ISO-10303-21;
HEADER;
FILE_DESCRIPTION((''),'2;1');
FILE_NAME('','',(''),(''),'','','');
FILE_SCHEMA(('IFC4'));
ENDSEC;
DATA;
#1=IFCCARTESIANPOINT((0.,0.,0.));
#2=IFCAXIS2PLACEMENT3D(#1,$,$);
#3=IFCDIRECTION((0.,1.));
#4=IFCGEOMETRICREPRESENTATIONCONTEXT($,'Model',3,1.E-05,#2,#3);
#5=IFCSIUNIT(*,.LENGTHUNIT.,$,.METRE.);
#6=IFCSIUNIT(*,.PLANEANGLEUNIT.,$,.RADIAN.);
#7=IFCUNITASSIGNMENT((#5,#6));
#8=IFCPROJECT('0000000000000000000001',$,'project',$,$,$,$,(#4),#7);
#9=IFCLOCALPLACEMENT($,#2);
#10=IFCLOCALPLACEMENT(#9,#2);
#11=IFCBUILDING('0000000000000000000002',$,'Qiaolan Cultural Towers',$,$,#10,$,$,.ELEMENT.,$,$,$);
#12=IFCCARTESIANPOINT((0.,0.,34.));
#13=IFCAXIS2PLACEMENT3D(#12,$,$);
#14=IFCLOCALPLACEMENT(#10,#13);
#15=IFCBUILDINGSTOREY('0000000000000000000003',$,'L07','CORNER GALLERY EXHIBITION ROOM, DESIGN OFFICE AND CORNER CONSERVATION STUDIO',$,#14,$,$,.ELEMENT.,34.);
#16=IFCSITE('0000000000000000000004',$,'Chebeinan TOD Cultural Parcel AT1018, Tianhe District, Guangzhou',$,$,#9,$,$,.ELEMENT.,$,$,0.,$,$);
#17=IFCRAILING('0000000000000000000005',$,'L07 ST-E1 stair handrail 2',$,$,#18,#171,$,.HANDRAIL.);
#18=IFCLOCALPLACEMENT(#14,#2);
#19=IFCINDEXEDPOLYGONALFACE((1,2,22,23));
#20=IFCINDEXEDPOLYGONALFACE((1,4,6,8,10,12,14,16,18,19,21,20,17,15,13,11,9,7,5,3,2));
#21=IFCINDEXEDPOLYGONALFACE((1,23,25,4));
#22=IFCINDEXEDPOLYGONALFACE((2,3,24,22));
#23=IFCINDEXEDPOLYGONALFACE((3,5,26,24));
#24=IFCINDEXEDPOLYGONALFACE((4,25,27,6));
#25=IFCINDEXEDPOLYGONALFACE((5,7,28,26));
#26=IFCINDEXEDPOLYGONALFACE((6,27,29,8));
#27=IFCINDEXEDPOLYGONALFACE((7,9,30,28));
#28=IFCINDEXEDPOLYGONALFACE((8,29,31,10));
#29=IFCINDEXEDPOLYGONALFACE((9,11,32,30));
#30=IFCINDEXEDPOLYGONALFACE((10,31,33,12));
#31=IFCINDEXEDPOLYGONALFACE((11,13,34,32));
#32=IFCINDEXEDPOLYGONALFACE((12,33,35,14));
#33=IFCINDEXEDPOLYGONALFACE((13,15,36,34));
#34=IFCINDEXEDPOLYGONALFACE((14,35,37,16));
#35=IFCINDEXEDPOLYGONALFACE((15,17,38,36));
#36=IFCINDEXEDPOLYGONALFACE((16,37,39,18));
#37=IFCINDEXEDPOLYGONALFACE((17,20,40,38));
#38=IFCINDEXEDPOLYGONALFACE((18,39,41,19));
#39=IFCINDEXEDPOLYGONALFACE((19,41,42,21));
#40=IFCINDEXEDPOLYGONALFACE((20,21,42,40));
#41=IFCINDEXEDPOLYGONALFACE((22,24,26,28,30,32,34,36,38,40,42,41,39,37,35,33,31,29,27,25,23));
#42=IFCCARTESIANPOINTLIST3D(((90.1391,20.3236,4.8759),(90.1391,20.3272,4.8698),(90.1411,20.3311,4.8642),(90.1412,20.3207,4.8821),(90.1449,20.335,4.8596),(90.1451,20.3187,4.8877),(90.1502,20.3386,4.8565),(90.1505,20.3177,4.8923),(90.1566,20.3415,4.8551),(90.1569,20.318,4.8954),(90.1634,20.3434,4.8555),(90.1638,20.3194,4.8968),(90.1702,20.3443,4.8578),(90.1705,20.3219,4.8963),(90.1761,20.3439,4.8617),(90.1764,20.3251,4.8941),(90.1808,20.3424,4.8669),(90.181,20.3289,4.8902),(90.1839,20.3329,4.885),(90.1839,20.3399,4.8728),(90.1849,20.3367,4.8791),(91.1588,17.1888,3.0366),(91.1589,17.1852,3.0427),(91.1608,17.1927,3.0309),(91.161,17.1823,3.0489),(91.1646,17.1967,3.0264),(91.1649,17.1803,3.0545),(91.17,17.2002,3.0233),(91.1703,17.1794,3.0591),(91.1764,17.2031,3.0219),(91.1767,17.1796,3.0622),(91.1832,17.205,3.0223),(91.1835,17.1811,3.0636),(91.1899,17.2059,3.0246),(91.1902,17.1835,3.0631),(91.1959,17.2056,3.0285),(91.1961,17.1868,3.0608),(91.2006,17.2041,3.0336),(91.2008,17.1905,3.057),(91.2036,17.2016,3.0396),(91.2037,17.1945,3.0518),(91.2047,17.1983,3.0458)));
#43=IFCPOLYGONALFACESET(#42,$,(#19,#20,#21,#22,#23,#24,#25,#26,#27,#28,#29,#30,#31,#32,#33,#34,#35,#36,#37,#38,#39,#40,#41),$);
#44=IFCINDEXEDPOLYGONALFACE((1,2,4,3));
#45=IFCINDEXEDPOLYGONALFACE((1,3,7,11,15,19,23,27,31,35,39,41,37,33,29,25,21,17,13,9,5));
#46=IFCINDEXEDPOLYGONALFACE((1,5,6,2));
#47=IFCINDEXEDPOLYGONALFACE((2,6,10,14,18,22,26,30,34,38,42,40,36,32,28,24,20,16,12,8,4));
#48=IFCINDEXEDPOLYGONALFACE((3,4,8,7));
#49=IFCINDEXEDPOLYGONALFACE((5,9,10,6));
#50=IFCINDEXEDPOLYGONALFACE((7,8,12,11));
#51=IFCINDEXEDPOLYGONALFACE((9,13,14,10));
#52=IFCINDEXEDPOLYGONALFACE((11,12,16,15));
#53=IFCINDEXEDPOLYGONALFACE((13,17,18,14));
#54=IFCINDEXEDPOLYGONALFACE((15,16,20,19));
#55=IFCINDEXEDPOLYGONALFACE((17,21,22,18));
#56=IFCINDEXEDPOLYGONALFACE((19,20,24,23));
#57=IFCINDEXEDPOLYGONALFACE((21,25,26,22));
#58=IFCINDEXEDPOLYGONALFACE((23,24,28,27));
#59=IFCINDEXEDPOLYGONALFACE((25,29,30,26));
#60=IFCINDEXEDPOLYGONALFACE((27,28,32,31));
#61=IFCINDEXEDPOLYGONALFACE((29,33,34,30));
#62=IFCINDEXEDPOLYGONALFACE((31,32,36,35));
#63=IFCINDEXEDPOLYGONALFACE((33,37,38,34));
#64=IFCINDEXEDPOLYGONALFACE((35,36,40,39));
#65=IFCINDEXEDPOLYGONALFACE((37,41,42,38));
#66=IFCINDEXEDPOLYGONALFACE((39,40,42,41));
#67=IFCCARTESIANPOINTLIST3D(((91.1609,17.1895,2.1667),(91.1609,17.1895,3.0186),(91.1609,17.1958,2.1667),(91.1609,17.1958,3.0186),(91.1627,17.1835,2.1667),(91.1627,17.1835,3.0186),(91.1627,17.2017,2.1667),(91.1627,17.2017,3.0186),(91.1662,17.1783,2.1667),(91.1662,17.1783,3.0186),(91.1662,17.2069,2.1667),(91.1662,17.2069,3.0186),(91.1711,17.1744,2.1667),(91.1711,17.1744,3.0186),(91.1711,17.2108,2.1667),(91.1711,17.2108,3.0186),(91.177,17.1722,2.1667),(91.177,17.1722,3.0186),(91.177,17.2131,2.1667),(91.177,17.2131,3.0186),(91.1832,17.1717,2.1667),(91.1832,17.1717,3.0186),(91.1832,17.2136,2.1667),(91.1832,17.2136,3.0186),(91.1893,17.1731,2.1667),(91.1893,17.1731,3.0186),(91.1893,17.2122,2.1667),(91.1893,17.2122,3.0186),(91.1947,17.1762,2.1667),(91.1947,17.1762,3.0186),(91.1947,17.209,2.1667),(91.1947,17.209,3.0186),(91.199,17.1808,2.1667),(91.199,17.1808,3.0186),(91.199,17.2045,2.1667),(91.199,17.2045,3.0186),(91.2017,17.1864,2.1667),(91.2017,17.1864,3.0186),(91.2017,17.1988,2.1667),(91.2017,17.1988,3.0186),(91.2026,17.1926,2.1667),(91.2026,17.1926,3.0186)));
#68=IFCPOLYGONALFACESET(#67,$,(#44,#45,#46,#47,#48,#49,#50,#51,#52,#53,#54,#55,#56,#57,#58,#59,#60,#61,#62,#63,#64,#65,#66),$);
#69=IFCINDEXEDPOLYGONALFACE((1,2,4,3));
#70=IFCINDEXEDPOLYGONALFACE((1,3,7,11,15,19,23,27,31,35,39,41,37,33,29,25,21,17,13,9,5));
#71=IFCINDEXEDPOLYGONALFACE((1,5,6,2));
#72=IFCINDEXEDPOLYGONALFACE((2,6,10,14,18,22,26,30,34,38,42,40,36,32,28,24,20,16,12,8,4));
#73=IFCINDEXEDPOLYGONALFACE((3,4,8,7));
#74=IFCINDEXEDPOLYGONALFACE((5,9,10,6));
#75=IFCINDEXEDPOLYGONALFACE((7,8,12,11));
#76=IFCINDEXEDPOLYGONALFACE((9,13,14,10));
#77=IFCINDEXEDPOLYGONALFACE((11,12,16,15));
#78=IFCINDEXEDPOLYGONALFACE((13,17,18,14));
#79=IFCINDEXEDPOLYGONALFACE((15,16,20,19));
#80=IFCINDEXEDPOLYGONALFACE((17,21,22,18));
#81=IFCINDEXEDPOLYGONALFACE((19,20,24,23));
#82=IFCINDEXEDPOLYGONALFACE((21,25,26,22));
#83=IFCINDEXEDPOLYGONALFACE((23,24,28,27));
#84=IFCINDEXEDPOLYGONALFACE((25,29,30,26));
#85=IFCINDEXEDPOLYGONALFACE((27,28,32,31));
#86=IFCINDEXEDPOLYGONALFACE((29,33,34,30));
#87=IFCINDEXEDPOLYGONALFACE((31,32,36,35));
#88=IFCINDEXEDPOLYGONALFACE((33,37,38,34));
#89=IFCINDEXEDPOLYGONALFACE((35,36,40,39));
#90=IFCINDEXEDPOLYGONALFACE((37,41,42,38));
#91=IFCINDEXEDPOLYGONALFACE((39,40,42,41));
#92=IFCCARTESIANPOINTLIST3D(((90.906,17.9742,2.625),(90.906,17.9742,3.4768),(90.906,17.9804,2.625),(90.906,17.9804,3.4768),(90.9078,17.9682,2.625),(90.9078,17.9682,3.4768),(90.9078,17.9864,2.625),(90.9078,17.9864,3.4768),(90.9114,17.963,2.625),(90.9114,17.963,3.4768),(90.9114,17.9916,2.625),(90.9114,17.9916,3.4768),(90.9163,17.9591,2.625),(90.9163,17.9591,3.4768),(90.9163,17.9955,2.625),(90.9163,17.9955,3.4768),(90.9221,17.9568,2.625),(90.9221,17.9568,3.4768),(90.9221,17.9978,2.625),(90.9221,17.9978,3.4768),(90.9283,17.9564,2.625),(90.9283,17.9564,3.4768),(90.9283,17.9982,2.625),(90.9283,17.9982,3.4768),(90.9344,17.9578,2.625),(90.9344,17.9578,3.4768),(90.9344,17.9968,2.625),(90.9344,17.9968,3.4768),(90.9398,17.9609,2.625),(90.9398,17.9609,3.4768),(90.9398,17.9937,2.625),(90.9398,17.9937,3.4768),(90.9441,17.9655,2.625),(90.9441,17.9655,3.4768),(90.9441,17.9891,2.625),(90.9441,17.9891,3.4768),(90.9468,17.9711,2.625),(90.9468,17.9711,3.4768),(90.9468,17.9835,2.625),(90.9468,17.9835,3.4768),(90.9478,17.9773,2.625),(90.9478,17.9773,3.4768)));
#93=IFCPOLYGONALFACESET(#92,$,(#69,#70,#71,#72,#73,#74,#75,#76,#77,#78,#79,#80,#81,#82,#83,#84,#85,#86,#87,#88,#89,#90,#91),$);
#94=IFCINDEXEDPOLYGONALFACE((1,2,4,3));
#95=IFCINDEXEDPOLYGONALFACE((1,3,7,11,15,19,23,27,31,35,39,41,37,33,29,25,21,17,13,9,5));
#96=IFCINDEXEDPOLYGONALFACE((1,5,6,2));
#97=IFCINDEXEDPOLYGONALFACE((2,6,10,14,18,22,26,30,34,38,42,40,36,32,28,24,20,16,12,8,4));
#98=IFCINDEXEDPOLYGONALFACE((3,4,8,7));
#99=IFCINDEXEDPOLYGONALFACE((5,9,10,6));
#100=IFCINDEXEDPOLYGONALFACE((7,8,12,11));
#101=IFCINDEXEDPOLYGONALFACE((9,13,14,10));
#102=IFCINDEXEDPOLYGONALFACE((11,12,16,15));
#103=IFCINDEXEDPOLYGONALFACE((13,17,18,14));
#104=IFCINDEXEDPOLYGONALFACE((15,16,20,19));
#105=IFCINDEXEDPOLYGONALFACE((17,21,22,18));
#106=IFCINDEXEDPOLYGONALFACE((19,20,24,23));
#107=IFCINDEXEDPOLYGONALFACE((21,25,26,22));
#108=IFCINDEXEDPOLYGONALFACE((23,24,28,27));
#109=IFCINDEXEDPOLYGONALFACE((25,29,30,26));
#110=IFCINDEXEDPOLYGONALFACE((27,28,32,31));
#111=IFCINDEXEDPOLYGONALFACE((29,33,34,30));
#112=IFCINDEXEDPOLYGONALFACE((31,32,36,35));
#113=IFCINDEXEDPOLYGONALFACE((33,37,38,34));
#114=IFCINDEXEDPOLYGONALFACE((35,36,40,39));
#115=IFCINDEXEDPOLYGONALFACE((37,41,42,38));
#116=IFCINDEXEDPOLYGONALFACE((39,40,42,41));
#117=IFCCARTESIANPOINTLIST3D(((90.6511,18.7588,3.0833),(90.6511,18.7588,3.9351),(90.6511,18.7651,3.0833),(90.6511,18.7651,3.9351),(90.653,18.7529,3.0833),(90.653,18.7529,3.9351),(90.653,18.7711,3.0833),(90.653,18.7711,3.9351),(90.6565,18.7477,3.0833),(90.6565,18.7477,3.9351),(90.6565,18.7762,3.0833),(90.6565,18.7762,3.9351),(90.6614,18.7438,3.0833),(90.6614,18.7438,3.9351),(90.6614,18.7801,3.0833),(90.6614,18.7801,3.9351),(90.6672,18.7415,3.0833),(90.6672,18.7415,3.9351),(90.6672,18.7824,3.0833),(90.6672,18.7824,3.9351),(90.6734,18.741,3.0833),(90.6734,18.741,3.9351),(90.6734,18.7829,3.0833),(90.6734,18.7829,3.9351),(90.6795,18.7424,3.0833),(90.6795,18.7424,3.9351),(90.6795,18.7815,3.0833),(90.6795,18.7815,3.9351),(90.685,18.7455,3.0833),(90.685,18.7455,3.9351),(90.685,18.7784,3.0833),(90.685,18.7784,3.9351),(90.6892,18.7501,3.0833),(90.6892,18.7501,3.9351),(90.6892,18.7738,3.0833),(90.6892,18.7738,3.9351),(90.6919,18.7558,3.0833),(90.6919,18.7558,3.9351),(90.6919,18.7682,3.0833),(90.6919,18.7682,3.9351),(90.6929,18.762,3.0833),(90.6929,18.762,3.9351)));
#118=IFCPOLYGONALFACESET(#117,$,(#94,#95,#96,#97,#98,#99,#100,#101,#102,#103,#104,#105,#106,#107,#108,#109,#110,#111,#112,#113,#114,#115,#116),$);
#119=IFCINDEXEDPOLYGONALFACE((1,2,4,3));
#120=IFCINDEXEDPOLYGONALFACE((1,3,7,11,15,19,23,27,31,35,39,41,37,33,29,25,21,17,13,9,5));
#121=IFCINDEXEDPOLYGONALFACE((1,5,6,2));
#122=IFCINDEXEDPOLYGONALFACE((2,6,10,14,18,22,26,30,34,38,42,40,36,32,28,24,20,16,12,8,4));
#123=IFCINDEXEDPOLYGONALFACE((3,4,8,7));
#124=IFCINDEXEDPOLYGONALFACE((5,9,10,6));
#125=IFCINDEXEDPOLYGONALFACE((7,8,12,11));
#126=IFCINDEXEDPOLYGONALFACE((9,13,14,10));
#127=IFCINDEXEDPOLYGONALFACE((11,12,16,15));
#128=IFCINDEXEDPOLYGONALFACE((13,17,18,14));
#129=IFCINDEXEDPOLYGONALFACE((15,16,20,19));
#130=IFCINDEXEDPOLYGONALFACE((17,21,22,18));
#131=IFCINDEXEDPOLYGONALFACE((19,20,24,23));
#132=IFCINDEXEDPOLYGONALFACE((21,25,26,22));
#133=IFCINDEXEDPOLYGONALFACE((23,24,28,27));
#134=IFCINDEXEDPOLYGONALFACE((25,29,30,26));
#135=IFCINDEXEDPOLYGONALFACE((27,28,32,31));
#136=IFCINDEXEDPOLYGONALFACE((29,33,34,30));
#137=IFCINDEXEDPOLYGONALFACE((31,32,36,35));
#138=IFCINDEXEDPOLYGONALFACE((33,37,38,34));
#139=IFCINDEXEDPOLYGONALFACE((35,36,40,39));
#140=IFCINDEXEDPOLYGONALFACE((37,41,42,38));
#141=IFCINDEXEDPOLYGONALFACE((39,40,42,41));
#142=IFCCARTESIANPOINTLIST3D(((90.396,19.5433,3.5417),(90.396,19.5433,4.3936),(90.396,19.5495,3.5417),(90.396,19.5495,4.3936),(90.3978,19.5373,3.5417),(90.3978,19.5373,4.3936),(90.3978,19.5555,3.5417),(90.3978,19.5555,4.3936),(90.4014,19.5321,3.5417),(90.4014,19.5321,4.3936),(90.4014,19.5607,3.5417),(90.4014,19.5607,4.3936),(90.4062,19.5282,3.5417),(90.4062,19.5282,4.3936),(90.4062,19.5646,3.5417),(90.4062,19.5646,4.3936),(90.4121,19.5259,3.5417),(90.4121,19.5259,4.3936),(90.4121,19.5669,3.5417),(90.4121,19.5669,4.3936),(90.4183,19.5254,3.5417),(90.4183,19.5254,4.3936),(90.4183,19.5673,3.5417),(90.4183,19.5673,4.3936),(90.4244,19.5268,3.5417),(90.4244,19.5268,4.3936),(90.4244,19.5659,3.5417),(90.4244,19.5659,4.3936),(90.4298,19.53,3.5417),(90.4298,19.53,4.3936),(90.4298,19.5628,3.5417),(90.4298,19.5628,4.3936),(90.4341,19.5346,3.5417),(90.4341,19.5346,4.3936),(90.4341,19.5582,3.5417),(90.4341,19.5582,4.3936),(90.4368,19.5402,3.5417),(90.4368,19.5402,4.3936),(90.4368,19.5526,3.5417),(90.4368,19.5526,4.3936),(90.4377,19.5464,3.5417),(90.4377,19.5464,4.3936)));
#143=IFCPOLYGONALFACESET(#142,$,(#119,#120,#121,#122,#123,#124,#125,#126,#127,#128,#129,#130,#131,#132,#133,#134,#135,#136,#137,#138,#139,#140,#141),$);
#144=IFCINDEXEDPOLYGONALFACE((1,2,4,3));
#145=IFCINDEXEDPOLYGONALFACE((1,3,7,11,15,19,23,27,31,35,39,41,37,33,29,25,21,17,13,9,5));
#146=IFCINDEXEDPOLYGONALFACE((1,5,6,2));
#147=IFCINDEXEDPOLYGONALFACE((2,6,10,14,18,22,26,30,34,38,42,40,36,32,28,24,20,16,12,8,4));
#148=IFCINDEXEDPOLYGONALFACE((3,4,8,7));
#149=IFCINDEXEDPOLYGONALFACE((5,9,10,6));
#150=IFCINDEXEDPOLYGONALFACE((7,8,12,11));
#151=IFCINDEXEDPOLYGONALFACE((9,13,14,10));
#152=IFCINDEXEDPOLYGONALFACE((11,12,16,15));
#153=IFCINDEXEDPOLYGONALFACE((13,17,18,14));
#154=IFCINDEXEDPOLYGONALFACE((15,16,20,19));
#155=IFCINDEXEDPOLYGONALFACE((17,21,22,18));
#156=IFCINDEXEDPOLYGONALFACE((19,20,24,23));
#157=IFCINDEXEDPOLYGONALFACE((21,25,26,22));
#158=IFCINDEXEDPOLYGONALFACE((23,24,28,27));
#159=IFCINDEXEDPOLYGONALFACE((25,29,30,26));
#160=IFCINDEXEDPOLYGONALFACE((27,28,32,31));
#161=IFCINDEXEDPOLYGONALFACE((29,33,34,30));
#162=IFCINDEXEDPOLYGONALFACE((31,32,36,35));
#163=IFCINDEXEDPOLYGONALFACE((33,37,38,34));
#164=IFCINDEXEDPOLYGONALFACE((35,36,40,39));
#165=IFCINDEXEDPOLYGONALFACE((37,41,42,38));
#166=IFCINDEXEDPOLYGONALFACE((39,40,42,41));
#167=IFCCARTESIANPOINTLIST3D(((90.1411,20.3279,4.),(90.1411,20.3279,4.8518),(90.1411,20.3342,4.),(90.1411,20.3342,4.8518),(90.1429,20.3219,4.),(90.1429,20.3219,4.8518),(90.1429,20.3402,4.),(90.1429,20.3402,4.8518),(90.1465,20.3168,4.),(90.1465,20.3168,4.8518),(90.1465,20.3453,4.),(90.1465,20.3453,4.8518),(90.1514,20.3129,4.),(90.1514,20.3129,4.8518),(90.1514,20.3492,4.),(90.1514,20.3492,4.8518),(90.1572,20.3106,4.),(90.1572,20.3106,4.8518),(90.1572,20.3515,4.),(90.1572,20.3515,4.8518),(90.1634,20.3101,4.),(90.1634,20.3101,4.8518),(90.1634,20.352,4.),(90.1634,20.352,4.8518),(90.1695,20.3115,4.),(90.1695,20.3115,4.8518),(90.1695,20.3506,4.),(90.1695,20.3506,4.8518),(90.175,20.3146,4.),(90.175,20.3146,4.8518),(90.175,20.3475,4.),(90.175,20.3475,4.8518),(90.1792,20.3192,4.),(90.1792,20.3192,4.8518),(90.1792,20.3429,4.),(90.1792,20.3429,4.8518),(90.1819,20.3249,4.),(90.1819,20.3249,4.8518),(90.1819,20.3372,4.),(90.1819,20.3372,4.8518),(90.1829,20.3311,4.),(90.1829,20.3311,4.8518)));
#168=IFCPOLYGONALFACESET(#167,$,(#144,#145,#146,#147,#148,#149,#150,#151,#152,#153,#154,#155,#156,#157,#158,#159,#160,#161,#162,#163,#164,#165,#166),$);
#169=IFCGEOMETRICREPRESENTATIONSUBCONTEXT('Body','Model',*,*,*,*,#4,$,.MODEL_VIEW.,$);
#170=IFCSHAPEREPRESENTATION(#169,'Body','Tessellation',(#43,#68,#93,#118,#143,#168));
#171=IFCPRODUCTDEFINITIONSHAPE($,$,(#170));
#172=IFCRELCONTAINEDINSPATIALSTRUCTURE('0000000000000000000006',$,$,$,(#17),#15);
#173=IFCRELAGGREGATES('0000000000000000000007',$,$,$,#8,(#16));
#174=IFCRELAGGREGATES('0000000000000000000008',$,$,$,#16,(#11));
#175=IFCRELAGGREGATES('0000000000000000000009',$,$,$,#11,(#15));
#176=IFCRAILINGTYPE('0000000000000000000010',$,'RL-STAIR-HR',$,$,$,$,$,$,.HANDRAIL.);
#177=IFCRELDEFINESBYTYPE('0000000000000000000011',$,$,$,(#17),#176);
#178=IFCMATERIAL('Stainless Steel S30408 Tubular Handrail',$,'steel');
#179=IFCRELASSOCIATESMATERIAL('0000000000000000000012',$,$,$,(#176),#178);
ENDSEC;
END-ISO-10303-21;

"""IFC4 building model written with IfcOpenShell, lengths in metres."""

from ifc_helpers import new_model, si_unit, direction, frame, origin, origin_2d, place, context, subcontext, project, spatial, circle, extrude, material, type_object, element, save


model = new_model("IFC4")

# Units and contexts
model_context = context("Model", 3, precision=1e-05, world=origin(), true_north=direction((0.0, 1.0)))
body_context = subcontext(model_context, "Body", "Model", "MODEL_VIEW")
ifc_project = project(units=[si_unit("LENGTHUNIT", "METRE"), si_unit("PLANEANGLEUNIT", "RADIAN")], contexts=[model_context])

# Site, building, storey
site_placement = place(None, origin())
site = spatial("IfcSite", under=ifc_project, at=site_placement, Name="Chebeinan TOD Cultural Parcel AT1018, Tianhe District, Guangzhou", CompositionType="ELEMENT", RefElevation=0.0)
building_placement = place(site_placement, origin())
building = spatial("IfcBuilding", under=site, at=building_placement, Name="Qiaolan Cultural Towers", CompositionType="ELEMENT")
storey_placement = place(building_placement, frame((0.0, 0.0, 34.0)))
storey = spatial("IfcBuildingStorey", under=building, at=storey_placement, Name="L07", Description="CORNER GALLERY EXHIBITION ROOM, DESIGN OFFICE AND CORNER CONSERVATION STUDIO", CompositionType="ELEMENT", Elevation=34.0)

# Railing
ifc_material_1 = material(Name="Stainless Steel S30408 Tubular Handrail", Category="steel")
railing_type = type_object("IfcRailingType", Name="RL-STAIR-HR", PredefinedType="HANDRAIL", material=ifc_material_1)
railing_placement = place(storey_placement, frame((91.1816, 17.1926, 2.1667)))
element("IfcRailing", 1, at=railing_placement, inside=storey, type_object=railing_type, Name="L07 ST-E1 stair handrail 2", PredefinedType="HANDRAIL", context=body_context, shape_type="SweptSolid", body=[
    extrude(circle(Radius=0.0239, at=origin_2d()), frame((0.0, 0.0, 0.876), z_axis=(-0.270141, 0.831376, 0.485632), x_axis=(-0.951053, -0.309028, 0.0)), (0.0, 0.0, 1.0), 3.7749),
    extrude(circle(Radius=0.021, at=origin_2d()), origin(), (0.0, 0.0, 1.0), 0.8518),
    extrude(circle(Radius=0.021, at=origin_2d()), frame((-0.2549, 0.7847, 0.4583)), (0.0, 0.0, 1.0), 0.8518),
    extrude(circle(Radius=0.021, at=origin_2d()), frame((-0.5098, 1.5693, 0.9165)), (0.0, 0.0, 1.0), 0.8518),
    extrude(circle(Radius=0.021, at=origin_2d()), frame((-0.7649, 2.3538, 1.375)), (0.0, 0.0, 1.0), 0.8518),
    extrude(circle(Radius=0.021, at=origin_2d()), frame((-1.0198, 3.1384, 1.8333)), (0.0, 0.0, 1.0), 0.8518),
])

save(model, "model.ifc")
